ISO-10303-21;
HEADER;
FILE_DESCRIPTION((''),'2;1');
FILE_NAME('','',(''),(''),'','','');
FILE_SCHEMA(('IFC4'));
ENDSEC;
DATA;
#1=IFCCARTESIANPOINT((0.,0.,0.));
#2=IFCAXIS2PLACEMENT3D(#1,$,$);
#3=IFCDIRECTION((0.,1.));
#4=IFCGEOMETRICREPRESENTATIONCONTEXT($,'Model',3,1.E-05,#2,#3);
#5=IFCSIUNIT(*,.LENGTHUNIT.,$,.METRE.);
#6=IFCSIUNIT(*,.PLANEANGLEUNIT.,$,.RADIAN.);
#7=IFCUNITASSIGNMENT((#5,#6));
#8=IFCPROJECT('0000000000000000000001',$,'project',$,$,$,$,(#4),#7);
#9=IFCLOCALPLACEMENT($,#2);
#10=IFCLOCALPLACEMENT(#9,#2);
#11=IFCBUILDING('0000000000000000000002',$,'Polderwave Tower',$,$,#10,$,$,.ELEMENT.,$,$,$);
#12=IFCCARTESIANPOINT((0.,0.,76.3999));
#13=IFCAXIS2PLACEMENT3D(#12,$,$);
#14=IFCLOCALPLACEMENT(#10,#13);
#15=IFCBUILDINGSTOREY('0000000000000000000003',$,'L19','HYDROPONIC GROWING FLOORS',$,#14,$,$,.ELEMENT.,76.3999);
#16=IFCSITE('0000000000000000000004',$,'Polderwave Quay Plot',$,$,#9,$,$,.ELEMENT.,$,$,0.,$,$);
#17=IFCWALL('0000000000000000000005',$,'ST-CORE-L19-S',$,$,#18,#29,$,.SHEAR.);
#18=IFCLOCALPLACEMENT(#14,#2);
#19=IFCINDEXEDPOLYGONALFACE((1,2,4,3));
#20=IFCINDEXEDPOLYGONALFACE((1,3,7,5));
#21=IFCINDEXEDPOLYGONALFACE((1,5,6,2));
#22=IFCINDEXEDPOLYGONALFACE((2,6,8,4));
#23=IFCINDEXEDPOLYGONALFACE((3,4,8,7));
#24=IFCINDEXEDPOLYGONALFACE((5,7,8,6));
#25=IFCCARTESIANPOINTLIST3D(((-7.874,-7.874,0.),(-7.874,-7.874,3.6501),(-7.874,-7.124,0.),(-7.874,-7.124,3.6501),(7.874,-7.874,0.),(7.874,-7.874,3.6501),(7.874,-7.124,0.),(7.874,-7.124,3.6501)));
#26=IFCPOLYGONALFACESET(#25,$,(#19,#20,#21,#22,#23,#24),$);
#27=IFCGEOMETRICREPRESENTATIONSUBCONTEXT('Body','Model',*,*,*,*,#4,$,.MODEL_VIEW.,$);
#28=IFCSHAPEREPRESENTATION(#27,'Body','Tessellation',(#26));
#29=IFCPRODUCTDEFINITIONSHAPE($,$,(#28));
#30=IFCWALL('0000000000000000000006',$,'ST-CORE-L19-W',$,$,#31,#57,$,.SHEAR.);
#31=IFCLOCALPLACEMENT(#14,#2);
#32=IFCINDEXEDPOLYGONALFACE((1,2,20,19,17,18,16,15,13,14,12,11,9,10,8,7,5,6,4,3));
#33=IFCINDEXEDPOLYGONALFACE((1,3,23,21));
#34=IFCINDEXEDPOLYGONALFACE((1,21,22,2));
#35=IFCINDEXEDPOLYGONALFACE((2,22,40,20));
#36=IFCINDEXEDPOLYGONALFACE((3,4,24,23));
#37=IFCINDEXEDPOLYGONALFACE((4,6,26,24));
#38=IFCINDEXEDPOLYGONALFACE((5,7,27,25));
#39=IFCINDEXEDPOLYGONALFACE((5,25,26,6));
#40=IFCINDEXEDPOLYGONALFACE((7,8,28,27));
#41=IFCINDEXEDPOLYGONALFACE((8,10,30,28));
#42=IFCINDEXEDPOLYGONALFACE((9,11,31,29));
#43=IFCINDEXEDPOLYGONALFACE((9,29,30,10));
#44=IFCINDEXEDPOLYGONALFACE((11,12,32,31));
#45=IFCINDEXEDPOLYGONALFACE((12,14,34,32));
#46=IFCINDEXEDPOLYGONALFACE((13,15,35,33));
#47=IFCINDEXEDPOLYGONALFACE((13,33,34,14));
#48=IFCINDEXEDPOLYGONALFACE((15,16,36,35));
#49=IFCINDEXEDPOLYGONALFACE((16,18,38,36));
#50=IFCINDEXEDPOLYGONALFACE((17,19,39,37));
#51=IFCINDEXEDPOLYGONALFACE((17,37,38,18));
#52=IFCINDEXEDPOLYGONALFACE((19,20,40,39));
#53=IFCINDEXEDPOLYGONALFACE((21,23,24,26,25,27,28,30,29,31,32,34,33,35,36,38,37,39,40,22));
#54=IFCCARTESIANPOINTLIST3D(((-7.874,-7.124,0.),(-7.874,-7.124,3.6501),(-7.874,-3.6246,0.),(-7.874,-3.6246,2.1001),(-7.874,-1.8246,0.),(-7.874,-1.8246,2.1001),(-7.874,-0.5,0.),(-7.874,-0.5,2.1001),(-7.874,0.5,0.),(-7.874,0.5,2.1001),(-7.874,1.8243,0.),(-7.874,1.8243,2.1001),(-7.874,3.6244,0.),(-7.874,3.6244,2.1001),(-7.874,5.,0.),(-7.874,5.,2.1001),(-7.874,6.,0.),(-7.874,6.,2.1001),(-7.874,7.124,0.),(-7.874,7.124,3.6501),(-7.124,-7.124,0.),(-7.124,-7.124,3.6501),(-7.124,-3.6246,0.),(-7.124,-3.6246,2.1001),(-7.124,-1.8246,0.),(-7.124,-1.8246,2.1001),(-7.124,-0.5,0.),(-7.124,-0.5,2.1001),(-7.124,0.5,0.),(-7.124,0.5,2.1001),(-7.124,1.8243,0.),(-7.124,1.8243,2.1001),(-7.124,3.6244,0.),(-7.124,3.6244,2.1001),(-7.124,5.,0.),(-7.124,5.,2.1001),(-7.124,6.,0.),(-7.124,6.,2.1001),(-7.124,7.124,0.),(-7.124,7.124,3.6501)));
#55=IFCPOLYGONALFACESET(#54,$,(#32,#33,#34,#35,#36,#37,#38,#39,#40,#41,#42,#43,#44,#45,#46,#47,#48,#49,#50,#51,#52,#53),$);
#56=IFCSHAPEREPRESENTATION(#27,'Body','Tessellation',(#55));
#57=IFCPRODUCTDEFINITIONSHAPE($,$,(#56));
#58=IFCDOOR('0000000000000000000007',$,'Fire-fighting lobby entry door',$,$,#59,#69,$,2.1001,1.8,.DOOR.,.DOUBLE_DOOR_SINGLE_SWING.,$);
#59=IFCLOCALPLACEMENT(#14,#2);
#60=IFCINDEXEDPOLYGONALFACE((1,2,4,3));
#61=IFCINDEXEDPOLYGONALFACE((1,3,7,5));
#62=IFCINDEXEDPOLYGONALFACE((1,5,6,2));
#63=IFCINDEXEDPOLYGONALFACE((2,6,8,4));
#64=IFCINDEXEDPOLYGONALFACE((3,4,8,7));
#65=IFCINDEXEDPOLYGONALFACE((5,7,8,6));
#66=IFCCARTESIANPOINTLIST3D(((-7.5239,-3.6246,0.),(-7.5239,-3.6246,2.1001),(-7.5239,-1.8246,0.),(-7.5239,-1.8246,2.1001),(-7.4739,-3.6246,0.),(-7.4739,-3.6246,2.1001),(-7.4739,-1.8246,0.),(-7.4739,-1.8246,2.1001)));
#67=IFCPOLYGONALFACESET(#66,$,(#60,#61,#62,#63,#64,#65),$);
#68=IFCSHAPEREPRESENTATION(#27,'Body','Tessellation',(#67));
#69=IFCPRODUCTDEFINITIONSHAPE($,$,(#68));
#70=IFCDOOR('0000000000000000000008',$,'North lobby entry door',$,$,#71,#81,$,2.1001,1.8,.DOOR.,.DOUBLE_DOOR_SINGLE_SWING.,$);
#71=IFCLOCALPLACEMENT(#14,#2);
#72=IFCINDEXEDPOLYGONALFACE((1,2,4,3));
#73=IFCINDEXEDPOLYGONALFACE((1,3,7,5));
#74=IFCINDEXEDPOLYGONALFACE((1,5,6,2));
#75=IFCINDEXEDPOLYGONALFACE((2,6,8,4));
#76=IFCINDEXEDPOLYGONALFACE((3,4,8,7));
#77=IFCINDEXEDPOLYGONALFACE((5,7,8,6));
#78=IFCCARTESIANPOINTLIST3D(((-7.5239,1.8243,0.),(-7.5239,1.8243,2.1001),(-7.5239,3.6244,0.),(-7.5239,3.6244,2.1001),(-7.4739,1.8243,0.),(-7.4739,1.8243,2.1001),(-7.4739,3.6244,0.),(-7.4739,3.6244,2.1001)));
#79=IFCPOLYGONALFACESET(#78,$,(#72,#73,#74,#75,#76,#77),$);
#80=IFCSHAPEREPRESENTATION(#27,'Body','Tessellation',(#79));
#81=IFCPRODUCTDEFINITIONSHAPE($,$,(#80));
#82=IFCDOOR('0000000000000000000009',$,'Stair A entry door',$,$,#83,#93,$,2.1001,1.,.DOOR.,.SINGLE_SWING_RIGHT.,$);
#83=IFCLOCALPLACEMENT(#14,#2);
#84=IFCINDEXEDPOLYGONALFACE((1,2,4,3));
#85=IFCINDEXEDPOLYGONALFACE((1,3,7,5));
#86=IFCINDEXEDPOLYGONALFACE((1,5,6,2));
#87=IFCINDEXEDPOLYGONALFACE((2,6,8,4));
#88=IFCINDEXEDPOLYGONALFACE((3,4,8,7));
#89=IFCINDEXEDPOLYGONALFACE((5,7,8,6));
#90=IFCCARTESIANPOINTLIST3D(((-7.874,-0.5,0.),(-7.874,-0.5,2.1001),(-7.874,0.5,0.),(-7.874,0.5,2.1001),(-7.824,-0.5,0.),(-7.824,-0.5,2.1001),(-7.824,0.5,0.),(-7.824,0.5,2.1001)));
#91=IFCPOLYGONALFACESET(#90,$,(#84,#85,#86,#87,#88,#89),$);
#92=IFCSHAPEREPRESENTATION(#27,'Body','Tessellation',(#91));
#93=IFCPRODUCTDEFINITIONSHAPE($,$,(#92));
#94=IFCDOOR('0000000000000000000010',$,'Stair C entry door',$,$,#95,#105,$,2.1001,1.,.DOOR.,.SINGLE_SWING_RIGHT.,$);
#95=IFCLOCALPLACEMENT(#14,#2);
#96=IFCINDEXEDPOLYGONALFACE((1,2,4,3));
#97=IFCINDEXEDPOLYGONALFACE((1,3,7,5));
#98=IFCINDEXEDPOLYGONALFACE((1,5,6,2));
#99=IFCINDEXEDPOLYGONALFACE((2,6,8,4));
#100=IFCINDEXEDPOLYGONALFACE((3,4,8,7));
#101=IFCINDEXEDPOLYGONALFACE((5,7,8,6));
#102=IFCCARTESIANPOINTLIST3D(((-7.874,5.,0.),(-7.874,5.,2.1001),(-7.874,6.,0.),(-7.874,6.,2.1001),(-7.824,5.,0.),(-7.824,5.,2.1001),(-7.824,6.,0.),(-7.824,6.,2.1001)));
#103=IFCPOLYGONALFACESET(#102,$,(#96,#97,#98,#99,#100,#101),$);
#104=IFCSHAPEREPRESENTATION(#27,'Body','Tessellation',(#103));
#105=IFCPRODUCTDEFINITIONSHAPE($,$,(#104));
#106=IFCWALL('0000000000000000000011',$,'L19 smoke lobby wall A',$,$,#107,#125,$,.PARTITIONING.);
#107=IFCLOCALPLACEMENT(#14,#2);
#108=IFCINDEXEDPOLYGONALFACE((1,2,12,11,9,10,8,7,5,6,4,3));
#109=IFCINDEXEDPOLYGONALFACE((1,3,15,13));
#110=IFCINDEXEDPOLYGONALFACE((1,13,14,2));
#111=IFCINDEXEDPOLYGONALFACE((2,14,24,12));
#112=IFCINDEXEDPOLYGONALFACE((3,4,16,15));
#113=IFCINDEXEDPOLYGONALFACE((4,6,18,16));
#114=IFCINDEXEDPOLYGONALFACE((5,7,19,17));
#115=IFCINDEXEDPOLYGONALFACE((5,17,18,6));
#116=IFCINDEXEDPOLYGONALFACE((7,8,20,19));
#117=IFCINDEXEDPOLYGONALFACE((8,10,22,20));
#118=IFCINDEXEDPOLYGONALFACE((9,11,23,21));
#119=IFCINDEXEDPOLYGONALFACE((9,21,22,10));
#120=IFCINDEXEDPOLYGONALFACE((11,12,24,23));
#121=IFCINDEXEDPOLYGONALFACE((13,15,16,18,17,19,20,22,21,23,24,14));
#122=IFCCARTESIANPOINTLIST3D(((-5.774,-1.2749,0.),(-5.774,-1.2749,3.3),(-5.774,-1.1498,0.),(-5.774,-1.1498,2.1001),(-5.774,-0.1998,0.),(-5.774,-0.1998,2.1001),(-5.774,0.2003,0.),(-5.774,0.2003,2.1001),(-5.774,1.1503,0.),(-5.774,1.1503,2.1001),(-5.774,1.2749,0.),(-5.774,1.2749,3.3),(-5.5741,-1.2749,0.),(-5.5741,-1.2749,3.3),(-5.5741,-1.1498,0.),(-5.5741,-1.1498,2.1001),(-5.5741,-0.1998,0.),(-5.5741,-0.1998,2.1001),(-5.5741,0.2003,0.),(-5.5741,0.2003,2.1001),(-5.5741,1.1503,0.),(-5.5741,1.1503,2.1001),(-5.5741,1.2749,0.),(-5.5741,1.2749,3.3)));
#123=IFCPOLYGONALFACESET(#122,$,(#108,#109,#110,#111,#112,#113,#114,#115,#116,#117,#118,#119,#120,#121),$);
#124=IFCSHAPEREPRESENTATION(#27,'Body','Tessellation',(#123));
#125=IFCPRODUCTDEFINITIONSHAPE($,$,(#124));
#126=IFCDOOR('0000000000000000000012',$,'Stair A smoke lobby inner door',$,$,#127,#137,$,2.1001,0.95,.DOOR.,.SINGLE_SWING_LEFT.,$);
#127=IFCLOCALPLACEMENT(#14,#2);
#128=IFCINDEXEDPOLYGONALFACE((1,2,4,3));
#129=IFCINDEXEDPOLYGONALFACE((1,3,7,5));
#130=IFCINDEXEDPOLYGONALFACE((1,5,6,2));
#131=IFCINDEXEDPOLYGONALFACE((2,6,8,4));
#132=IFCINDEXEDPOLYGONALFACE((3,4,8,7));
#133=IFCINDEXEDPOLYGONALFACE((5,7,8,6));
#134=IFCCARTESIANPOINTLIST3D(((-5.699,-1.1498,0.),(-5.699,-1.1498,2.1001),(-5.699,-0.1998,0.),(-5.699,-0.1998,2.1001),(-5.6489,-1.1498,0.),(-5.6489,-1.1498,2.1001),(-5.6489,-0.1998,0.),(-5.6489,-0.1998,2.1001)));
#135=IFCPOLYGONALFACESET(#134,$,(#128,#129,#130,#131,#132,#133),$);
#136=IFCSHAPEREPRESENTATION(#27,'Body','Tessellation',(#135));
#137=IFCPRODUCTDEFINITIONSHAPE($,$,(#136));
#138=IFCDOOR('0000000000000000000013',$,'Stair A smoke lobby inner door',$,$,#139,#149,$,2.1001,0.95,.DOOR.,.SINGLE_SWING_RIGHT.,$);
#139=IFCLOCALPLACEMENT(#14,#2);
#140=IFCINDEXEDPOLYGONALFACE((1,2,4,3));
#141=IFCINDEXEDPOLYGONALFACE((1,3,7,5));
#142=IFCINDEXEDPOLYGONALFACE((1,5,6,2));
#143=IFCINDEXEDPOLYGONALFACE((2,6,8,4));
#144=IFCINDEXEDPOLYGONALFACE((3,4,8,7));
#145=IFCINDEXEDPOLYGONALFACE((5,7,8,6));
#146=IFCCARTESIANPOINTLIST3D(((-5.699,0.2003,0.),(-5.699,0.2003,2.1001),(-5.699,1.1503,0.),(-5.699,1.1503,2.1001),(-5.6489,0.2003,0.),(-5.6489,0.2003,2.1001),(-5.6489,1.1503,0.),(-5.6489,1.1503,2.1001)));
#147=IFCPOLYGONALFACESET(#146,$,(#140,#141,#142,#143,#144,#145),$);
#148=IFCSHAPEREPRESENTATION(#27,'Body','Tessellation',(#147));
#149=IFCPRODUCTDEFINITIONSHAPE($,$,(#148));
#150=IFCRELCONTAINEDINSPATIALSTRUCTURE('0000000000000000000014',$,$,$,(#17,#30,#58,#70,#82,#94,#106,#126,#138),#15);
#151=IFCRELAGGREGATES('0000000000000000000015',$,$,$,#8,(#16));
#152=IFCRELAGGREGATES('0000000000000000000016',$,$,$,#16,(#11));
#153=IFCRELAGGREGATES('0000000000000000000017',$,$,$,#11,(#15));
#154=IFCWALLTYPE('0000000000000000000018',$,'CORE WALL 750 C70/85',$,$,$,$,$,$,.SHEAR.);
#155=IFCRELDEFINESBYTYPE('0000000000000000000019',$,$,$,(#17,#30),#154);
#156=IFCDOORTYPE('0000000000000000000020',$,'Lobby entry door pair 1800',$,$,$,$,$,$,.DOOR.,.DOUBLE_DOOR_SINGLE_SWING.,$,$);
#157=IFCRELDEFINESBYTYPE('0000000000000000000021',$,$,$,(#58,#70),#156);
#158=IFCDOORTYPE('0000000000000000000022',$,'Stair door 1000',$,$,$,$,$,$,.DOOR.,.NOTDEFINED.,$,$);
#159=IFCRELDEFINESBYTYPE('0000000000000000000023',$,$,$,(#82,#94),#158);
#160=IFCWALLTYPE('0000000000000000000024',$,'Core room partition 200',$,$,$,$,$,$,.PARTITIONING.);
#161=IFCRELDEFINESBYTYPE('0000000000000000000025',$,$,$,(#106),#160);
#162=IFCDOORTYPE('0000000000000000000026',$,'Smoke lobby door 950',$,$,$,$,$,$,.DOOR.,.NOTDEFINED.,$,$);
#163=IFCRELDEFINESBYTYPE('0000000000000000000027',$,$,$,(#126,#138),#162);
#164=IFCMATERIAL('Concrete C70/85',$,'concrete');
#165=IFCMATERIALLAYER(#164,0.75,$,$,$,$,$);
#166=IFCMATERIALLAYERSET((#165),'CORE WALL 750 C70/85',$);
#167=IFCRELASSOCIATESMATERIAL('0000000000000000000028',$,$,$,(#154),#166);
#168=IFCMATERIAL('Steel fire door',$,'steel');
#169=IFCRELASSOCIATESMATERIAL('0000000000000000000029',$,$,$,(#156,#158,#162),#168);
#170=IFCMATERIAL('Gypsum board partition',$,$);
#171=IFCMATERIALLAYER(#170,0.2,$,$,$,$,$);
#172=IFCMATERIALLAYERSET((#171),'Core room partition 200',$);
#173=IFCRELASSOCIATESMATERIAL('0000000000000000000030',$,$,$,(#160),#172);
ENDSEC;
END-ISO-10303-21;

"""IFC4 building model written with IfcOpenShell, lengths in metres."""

from ifc_helpers import new_model, si_unit, direction, frame, frame_2d, origin, place, context, subcontext, project, spatial, rectangle, extrude, material, layer, layer_set, type_object, element, fill, save


model = new_model("IFC4")

# Units and contexts
model_context = context("Model", 3, precision=1e-05, world=origin(), true_north=direction((0.0, 1.0)))
body_context = subcontext(model_context, "Body", "Model", "MODEL_VIEW")
ifc_project = project(units=[si_unit("LENGTHUNIT", "METRE"), si_unit("PLANEANGLEUNIT", "RADIAN")], contexts=[model_context])

# Site, building, storey
site_placement = place(None, origin())
site = spatial("IfcSite", under=ifc_project, at=site_placement, Name="Polderwave Quay Plot", CompositionType="ELEMENT", RefElevation=0.0)
building_placement = place(site_placement, origin())
building = spatial("IfcBuilding", under=site, at=building_placement, Name="Polderwave Tower", CompositionType="ELEMENT")
storey_placement = place(building_placement, frame((0.0, 0.0, 76.3999)))
storey = spatial("IfcBuildingStorey", under=building, at=storey_placement, Name="L19", Description="HYDROPONIC GROWING FLOORS", CompositionType="ELEMENT", Elevation=76.3999)

# Wall
ifc_material_1 = material(Name="Concrete C70/85", Category="concrete")
ifc_layer_1 = layer(ifc_material_1, 0.75)
ifc_layer_set_1 = layer_set([ifc_layer_1], Name="CORE WALL 750 C70/85")
wall_type_1 = type_object("IfcWallType", Name="CORE WALL 750 C70/85", PredefinedType="SHEAR", material=ifc_layer_set_1)
wall_1_placement = place(storey_placement, frame((-7.874, -7.499, 0.0), z_axis=(0.0, 0.0, 1.0), x_axis=(1.0, 0.0, 0.0)))
element("IfcWall", 1, at=wall_1_placement, inside=storey, type_object=wall_type_1, Name="ST-CORE-L19-S", PredefinedType="SHEAR", context=body_context, shape_type="SweptSolid", body=[
    extrude(rectangle(XDim=15.748, YDim=0.75, at=frame_2d((7.874, 0.0))), origin(), (0.0, 0.0, 1.0), 3.6501),
])

# Walls, openings, doors
wall_2_placement = place(storey_placement, frame((-7.499, -7.124, 0.0), z_axis=(0.0, 0.0, 1.0), x_axis=(0.0, 1.0, 0.0)))
wall_2 = element("IfcWall", 2, at=wall_2_placement, inside=storey, type_object=wall_type_1, Name="ST-CORE-L19-W", PredefinedType="SHEAR", context=body_context, shape_type="SweptSolid", body=[
    extrude(rectangle(XDim=14.248, YDim=0.75, at=frame_2d((7.124, 0.0))), origin(), (0.0, 0.0, 1.0), 3.6501),
])
opening_1_placement = place(wall_2_placement, frame((6.624, 0.0, 0.0)))
opening_1 = element("IfcOpeningElement", 3, at=opening_1_placement, cuts=wall_2, PredefinedType="OPENING", context=body_context, shape_type="SweptSolid", body=[
    extrude(rectangle(XDim=1.0, YDim=2.1001, at=frame_2d((0.5, 1.05))), frame((0.0, 0.385, 0.0), z_axis=(0.0, -1.0, 0.0), x_axis=(1.0, 0.0, 0.0)), (0.0, 0.0, 1.0), 0.77),
])
opening_2_placement = place(wall_2_placement, frame((3.4995, 0.0, 0.0)))
opening_2 = element("IfcOpeningElement", 4, at=opening_2_placement, cuts=wall_2, PredefinedType="OPENING", context=body_context, shape_type="SweptSolid", body=[
    extrude(rectangle(XDim=1.8, YDim=2.1001, at=frame_2d((0.8999, 1.05))), frame((0.0, 0.385, 0.0), z_axis=(0.0, -1.0, 0.0), x_axis=(1.0, 0.0, 0.0)), (0.0, 0.0, 1.0), 0.77),
])
opening_3_placement = place(wall_2_placement, frame((8.9485, 0.0, 0.0)))
opening_3 = element("IfcOpeningElement", 5, at=opening_3_placement, cuts=wall_2, PredefinedType="OPENING", context=body_context, shape_type="SweptSolid", body=[
    extrude(rectangle(XDim=1.8, YDim=2.1001, at=frame_2d((0.8999, 1.05))), frame((0.0, 0.385, 0.0), z_axis=(0.0, -1.0, 0.0), x_axis=(1.0, 0.0, 0.0)), (0.0, 0.0, 1.0), 0.77),
])
opening_4_placement = place(wall_2_placement, frame((12.124, 0.0, 0.0)))
opening_4 = element("IfcOpeningElement", 6, at=opening_4_placement, cuts=wall_2, PredefinedType="OPENING", context=body_context, shape_type="SweptSolid", body=[
    extrude(rectangle(XDim=1.0, YDim=2.1001, at=frame_2d((0.5, 1.05))), frame((0.0, 0.385, 0.0), z_axis=(0.0, -1.0, 0.0), x_axis=(1.0, 0.0, 0.0)), (0.0, 0.0, 1.0), 0.77),
])
ifc_material_2 = material(Name="Steel fire door", Category="steel")
door_type_1 = type_object("IfcDoorType", Name="Lobby entry door pair 1800", OperationType="DOUBLE_DOOR_SINGLE_SWING", PredefinedType="DOOR", material=ifc_material_2)
door_1_placement = place(opening_2_placement, origin())
door_1 = element("IfcDoor", 7, at=door_1_placement, inside=storey, type_object=door_type_1, Name="Fire-fighting lobby entry door", OperationType="DOUBLE_DOOR_SINGLE_SWING", OverallHeight=2.1001, OverallWidth=1.8, PredefinedType="DOOR", context=body_context, shape_type="SweptSolid", body=[
    extrude(rectangle(XDim=1.8, YDim=2.1001, at=frame_2d((0.8999, 1.05))), frame((0.0, 0.0249, 0.0), z_axis=(0.0, -1.0, 0.0), x_axis=(1.0, 0.0, 0.0)), (0.0, 0.0, 1.0), 0.05),
])
fill(opening_2, door_1)
door_2_placement = place(opening_3_placement, origin())
door_2 = element("IfcDoor", 8, at=door_2_placement, inside=storey, type_object=door_type_1, Name="North lobby entry door", OperationType="DOUBLE_DOOR_SINGLE_SWING", OverallHeight=2.1001, OverallWidth=1.8, PredefinedType="DOOR", context=body_context, shape_type="SweptSolid", body=[
    extrude(rectangle(XDim=1.8, YDim=2.1001, at=frame_2d((0.8999, 1.05))), frame((0.0, 0.0249, 0.0), z_axis=(0.0, -1.0, 0.0), x_axis=(1.0, 0.0, 0.0)), (0.0, 0.0, 1.0), 0.05),
])
fill(opening_3, door_2)
door_type_2 = type_object("IfcDoorType", Name="Stair door 1000", OperationType="NOTDEFINED", PredefinedType="DOOR", material=ifc_material_2)
door_3_placement = place(opening_1_placement, origin())
door_3 = element("IfcDoor", 9, at=door_3_placement, inside=storey, type_object=door_type_2, Name="Stair A entry door", OperationType="SINGLE_SWING_RIGHT", OverallHeight=2.1001, OverallWidth=1.0, PredefinedType="DOOR", context=body_context, shape_type="SweptSolid", body=[
    extrude(rectangle(XDim=1.0, YDim=2.1001, at=frame_2d((0.5, 1.05))), frame((0.0, 0.375, 0.0), z_axis=(0.0, -1.0, 0.0), x_axis=(1.0, 0.0, 0.0)), (0.0, 0.0, 1.0), 0.05),
])
fill(opening_1, door_3)
door_4_placement = place(opening_4_placement, origin())
door_4 = element("IfcDoor", 10, at=door_4_placement, inside=storey, type_object=door_type_2, Name="Stair C entry door", OperationType="SINGLE_SWING_RIGHT", OverallHeight=2.1001, OverallWidth=1.0, PredefinedType="DOOR", context=body_context, shape_type="SweptSolid", body=[
    extrude(rectangle(XDim=1.0, YDim=2.1001, at=frame_2d((0.5, 1.05))), frame((0.0, 0.375, 0.0), z_axis=(0.0, -1.0, 0.0), x_axis=(1.0, 0.0, 0.0)), (0.0, 0.0, 1.0), 0.05),
])
fill(opening_4, door_4)
ifc_material_3 = material(Name="Gypsum board partition")
ifc_layer_2 = layer(ifc_material_3, 0.2)
ifc_layer_set_2 = layer_set([ifc_layer_2], Name="Core room partition 200")
wall_type_2 = type_object("IfcWallType", Name="Core room partition 200", PredefinedType="PARTITIONING", material=ifc_layer_set_2)
wall_3_placement = place(storey_placement, frame((-5.6741, -1.2749, 0.0), z_axis=(0.0, 0.0, 1.0), x_axis=(0.0, 1.0, 0.0)))
wall_3 = element("IfcWall", 11, at=wall_3_placement, inside=storey, type_object=wall_type_2, Name="L19 smoke lobby wall A", PredefinedType="PARTITIONING", context=body_context, shape_type="SweptSolid", body=[
    extrude(rectangle(XDim=2.5498, YDim=0.2, at=frame_2d((1.2749, 0.0))), origin(), (0.0, 0.0, 1.0), 3.3),
])
opening_5_placement = place(wall_3_placement, frame((0.125, 0.0, 0.0)))
opening_5 = element("IfcOpeningElement", 12, at=opening_5_placement, cuts=wall_3, PredefinedType="OPENING", context=body_context, shape_type="SweptSolid", body=[
    extrude(rectangle(XDim=0.95, YDim=2.1001, at=frame_2d((0.4751, 1.05))), frame((0.0, 0.1099, 0.0), z_axis=(0.0, -1.0, 0.0), x_axis=(1.0, 0.0, 0.0)), (0.0, 0.0, 1.0), 0.22),
])
opening_6_placement = place(wall_3_placement, frame((1.4751, 0.0, 0.0)))
opening_6 = element("IfcOpeningElement", 13, at=opening_6_placement, cuts=wall_3, PredefinedType="OPENING", context=body_context, shape_type="SweptSolid", body=[
    extrude(rectangle(XDim=0.95, YDim=2.1001, at=frame_2d((0.4751, 1.05))), frame((0.0, 0.1099, 0.0), z_axis=(0.0, -1.0, 0.0), x_axis=(1.0, 0.0, 0.0)), (0.0, 0.0, 1.0), 0.22),
])
door_type_3 = type_object("IfcDoorType", Name="Smoke lobby door 950", OperationType="NOTDEFINED", PredefinedType="DOOR", material=ifc_material_2)
door_5_placement = place(opening_5_placement, origin())
door_5 = element("IfcDoor", 14, at=door_5_placement, inside=storey, type_object=door_type_3, Name="Stair A smoke lobby inner door", OperationType="SINGLE_SWING_LEFT", OverallHeight=2.1001, OverallWidth=0.95, PredefinedType="DOOR", context=body_context, shape_type="SweptSolid", body=[
    extrude(rectangle(XDim=0.95, YDim=2.1001, at=frame_2d((0.4751, 1.05))), frame((0.0, 0.0249, 0.0), z_axis=(0.0, -1.0, 0.0), x_axis=(1.0, 0.0, 0.0)), (0.0, 0.0, 1.0), 0.05),
])
fill(opening_5, door_5)
door_6_placement = place(opening_6_placement, origin())
door_6 = element("IfcDoor", 15, at=door_6_placement, inside=storey, type_object=door_type_3, Name="Stair A smoke lobby inner door", OperationType="SINGLE_SWING_RIGHT", OverallHeight=2.1001, OverallWidth=0.95, PredefinedType="DOOR", context=body_context, shape_type="SweptSolid", body=[
    extrude(rectangle(XDim=0.95, YDim=2.1001, at=frame_2d((0.4751, 1.05))), frame((0.0, 0.0249, 0.0), z_axis=(0.0, -1.0, 0.0), x_axis=(1.0, 0.0, 0.0)), (0.0, 0.0, 1.0), 0.05),
])
fill(opening_6, door_6)

save(model, "model.ifc")
